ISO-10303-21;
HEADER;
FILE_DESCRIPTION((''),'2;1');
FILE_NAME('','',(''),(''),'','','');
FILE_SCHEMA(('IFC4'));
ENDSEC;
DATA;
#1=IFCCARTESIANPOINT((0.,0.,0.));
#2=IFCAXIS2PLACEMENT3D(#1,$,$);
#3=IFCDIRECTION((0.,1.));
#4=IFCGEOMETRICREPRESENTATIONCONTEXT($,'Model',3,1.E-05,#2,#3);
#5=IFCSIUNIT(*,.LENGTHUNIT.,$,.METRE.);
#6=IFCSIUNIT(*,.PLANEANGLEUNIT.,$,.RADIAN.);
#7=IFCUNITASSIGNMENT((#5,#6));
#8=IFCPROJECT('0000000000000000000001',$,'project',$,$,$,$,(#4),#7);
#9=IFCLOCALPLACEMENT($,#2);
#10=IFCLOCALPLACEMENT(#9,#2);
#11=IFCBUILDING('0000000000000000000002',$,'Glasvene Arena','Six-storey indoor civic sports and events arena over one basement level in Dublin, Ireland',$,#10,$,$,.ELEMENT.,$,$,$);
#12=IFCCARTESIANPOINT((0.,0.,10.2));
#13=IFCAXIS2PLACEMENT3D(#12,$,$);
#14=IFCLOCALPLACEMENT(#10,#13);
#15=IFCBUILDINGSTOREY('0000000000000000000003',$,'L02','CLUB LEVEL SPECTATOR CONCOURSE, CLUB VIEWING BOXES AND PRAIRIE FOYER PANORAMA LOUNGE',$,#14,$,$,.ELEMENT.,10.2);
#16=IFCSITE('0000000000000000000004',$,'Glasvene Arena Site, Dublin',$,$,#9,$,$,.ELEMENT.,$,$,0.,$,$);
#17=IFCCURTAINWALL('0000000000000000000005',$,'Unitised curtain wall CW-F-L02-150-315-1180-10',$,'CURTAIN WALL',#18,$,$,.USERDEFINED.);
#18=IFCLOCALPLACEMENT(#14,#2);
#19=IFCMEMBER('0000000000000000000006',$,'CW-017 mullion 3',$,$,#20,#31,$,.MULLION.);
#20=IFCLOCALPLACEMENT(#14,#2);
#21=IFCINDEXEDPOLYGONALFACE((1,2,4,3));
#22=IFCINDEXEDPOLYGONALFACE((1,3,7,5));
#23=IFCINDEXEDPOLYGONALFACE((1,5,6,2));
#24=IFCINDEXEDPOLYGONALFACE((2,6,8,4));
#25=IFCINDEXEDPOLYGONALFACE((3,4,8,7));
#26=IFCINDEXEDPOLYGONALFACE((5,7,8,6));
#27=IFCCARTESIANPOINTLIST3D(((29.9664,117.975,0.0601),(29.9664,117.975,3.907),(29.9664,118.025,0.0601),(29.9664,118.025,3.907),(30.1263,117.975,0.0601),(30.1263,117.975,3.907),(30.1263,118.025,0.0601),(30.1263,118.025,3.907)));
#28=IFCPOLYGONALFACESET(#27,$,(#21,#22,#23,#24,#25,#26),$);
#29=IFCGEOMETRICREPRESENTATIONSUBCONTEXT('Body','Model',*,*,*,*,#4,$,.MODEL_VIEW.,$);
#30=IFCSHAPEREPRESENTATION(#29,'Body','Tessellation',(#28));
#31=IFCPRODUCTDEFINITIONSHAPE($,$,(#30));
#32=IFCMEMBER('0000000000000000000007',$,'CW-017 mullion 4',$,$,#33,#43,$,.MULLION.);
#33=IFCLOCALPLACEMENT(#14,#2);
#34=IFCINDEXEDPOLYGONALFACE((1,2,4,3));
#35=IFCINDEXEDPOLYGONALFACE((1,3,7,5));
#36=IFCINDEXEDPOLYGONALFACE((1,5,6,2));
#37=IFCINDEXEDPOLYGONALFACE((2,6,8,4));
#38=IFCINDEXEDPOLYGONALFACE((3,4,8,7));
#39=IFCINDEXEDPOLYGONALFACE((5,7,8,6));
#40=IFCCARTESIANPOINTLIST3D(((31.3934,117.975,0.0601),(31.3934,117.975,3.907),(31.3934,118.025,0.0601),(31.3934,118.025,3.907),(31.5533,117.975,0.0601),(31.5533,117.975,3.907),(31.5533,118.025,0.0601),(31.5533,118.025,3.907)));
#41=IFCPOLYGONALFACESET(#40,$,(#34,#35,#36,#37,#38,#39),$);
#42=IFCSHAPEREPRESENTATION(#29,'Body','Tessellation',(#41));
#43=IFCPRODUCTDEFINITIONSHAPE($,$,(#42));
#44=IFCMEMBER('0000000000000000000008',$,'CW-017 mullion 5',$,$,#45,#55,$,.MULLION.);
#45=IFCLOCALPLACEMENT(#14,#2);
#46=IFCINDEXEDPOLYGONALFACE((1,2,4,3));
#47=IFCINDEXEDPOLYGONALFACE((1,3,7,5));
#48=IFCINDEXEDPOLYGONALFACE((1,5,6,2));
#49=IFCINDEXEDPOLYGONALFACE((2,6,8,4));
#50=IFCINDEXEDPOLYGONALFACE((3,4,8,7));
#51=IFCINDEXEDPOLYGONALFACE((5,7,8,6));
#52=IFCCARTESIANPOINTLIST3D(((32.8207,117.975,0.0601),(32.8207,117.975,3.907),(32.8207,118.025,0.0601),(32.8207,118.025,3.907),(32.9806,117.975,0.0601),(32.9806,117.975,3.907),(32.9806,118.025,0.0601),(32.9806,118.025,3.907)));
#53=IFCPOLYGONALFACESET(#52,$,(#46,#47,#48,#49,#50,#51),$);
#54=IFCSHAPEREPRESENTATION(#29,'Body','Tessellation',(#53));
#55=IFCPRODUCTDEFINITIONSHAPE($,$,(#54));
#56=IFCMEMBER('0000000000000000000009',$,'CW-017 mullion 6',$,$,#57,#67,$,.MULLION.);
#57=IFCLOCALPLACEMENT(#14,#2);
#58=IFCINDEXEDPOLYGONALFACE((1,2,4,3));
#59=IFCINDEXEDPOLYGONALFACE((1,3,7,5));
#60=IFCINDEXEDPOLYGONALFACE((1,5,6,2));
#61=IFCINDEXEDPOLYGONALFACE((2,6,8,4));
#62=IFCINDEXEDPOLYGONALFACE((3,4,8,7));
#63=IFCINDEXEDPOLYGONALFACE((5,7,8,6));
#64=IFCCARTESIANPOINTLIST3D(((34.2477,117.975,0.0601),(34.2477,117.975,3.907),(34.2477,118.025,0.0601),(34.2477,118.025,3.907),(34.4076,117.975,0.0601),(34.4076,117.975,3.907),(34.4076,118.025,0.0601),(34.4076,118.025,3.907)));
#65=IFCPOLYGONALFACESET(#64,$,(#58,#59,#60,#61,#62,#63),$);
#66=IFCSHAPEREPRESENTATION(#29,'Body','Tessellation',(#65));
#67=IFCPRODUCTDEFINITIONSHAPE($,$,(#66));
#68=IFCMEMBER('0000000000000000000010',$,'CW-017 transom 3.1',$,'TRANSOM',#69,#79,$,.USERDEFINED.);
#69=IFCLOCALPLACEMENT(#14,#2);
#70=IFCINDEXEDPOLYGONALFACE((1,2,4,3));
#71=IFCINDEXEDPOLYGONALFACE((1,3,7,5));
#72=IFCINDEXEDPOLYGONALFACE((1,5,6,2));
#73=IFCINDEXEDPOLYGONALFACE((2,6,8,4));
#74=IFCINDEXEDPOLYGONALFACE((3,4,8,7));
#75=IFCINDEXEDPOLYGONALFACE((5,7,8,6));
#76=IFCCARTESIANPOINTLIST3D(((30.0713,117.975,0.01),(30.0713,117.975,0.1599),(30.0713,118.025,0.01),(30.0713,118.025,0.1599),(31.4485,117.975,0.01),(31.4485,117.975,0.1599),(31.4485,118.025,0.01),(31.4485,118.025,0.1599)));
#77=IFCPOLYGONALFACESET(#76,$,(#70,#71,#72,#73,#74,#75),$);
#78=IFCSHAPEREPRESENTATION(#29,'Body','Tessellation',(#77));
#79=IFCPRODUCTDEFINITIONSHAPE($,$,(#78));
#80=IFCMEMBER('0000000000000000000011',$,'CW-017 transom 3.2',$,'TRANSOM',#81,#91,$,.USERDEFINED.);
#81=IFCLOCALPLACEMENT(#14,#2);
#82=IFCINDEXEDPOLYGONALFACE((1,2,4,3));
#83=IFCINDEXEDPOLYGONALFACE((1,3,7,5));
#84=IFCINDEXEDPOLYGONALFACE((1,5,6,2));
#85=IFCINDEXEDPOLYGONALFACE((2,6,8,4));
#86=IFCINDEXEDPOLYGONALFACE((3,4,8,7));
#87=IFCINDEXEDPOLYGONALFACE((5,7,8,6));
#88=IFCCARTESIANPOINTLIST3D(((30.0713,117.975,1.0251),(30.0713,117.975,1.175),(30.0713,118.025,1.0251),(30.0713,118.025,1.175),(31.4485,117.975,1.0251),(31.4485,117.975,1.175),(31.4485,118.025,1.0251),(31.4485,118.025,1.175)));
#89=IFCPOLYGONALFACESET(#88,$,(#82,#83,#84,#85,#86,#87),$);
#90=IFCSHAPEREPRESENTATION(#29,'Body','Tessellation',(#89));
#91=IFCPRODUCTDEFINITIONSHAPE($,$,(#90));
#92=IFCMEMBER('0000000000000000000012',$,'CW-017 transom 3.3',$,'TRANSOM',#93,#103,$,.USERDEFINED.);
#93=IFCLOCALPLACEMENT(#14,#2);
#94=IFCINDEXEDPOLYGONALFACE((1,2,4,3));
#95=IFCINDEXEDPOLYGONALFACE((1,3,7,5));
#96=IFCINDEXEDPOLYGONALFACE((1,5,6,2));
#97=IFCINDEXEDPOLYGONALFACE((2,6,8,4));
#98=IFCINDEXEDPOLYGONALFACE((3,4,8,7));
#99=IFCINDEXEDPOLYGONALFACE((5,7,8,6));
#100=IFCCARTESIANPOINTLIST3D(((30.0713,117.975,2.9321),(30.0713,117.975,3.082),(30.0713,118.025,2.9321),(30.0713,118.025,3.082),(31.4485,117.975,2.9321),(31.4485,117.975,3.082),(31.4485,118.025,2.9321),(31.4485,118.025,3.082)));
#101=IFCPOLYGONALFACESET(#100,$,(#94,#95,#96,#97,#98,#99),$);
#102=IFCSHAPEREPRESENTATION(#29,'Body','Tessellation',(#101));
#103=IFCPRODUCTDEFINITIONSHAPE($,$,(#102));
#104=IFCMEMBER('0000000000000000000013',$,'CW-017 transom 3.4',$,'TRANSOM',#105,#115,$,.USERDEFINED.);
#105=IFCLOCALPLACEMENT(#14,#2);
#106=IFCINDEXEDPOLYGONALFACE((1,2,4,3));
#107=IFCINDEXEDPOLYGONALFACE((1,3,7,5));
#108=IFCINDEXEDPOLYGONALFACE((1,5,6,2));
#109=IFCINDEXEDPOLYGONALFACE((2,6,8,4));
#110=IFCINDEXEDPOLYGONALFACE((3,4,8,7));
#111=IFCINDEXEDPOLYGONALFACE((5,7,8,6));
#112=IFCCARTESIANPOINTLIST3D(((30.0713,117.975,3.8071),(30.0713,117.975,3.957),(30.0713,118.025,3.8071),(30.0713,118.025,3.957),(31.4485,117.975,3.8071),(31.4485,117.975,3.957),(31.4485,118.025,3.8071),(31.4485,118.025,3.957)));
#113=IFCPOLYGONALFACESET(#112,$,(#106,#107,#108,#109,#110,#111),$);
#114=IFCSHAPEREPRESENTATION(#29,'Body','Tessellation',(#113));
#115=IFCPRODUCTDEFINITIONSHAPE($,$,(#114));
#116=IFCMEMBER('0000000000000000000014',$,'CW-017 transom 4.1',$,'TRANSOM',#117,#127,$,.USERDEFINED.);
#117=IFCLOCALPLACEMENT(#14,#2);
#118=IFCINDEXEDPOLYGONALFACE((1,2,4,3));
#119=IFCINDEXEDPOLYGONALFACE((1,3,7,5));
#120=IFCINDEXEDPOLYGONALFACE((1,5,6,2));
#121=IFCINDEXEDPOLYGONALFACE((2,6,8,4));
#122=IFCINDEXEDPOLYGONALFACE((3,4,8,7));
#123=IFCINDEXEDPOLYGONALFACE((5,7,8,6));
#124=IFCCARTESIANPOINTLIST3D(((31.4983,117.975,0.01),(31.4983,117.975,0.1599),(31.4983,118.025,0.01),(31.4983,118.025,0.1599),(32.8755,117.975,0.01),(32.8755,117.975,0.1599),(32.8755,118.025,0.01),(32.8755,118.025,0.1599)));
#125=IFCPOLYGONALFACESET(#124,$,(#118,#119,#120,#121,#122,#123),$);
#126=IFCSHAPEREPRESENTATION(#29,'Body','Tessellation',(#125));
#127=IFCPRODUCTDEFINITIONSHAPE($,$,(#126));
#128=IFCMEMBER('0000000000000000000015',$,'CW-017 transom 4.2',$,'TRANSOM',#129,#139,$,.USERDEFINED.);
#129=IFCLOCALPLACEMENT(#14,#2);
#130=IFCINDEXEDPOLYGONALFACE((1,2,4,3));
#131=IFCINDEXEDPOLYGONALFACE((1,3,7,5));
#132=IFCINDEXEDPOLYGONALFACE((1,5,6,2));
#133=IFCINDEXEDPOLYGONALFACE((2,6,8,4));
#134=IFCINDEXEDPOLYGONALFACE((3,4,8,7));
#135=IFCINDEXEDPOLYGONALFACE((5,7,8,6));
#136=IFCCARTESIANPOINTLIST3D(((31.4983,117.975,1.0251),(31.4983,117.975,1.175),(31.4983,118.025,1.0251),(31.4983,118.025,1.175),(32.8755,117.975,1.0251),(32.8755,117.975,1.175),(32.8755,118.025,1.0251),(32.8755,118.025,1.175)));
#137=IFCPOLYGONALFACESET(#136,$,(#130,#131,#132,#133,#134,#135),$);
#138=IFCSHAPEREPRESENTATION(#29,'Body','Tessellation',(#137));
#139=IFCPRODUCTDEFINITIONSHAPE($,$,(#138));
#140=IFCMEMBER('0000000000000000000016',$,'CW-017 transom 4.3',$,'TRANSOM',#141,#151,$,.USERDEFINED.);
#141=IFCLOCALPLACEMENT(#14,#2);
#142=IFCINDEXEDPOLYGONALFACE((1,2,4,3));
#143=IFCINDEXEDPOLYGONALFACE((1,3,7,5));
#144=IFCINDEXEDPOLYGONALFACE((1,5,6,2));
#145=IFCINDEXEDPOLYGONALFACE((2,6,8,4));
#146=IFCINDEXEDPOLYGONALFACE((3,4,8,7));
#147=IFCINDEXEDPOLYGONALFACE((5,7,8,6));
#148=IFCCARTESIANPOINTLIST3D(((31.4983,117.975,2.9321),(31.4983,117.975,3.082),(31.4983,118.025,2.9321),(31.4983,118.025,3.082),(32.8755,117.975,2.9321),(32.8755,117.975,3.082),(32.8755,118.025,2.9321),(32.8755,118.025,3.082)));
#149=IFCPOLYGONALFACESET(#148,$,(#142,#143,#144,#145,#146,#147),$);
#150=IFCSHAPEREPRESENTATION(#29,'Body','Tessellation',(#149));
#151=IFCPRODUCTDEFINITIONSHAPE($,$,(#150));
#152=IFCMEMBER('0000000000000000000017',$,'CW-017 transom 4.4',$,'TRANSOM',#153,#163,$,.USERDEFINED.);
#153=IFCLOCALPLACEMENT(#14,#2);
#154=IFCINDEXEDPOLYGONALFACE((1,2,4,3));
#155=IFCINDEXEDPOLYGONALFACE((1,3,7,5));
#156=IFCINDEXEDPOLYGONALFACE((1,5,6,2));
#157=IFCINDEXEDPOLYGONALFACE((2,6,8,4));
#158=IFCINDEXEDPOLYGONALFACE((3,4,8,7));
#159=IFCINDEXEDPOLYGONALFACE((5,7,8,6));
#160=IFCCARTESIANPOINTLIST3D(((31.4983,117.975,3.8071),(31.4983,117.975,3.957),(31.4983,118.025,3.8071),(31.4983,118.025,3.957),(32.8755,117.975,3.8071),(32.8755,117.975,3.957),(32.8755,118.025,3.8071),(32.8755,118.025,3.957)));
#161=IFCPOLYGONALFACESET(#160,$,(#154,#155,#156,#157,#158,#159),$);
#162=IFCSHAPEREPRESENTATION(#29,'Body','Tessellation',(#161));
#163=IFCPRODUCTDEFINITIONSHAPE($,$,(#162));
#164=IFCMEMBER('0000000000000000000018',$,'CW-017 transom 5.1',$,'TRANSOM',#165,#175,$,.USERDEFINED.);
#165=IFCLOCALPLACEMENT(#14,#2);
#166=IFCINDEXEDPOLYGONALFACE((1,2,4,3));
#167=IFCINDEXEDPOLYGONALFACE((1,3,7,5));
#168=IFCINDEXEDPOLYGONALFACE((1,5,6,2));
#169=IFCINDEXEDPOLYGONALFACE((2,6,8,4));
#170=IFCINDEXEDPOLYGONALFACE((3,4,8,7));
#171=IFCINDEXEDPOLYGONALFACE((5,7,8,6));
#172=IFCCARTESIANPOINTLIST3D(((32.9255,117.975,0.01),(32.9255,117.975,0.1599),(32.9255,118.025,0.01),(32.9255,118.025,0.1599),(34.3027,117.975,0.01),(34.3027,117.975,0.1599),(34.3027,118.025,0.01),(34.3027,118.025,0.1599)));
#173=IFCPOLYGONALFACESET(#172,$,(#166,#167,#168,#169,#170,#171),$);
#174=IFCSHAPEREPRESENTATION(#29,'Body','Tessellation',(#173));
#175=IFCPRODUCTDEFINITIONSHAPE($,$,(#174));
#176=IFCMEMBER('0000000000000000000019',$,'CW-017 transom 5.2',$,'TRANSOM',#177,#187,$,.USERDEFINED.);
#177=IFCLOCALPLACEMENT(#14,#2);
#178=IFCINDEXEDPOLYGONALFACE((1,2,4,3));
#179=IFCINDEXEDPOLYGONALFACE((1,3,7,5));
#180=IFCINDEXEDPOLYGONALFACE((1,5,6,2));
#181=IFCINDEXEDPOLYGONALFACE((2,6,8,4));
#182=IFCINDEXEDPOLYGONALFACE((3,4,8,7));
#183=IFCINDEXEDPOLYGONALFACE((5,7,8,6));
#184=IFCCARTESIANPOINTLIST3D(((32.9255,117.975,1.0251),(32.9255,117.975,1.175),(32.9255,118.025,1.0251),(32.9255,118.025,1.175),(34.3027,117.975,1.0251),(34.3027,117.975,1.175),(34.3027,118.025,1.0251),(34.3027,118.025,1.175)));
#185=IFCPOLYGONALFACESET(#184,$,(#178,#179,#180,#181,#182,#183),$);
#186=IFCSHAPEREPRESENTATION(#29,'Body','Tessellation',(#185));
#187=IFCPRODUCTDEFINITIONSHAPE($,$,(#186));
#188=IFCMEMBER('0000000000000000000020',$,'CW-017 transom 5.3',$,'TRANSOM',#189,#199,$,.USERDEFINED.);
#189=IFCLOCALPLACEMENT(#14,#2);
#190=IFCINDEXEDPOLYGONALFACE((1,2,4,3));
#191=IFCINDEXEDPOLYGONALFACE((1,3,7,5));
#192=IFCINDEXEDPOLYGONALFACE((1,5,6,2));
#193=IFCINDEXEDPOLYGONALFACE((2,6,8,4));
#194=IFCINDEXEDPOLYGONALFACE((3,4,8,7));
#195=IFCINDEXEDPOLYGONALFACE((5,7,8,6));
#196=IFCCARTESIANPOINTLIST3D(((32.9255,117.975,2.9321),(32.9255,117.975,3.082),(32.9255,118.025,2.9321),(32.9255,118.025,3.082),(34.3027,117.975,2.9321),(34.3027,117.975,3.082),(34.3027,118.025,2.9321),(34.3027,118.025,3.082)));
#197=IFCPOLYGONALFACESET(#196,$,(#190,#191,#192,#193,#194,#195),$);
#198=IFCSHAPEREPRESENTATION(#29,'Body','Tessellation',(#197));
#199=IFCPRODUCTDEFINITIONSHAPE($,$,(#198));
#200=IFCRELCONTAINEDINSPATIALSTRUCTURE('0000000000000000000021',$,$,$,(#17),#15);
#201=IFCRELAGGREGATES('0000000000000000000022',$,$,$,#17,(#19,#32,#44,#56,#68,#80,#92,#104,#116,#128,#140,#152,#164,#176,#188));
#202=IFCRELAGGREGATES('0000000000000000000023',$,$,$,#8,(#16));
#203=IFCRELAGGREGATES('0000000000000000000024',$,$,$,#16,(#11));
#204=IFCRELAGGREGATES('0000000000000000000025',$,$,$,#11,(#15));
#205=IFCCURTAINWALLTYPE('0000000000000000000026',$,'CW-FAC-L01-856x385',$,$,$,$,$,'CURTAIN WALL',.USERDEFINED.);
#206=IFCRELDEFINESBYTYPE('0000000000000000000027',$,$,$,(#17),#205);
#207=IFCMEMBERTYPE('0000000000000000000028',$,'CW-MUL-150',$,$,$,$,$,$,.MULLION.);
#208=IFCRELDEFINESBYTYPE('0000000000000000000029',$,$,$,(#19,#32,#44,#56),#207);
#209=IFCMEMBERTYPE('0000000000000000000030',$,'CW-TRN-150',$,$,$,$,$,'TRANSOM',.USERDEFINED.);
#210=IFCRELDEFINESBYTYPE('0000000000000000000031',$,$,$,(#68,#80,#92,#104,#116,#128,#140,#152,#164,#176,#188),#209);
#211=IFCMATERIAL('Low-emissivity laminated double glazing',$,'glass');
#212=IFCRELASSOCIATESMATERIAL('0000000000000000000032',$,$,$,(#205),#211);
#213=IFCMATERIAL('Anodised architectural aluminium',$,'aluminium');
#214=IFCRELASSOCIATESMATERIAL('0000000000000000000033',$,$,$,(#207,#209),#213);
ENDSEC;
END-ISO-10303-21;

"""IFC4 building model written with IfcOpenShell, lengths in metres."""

from ifc_helpers import new_model, si_unit, direction, frame, origin, origin_2d, place, context, subcontext, project, spatial, rectangle, extrude, material, material_profile, profile_set, type_object, element, aggregate, save


model = new_model("IFC4")

# Units and contexts
model_context = context("Model", 3, precision=1e-05, world=origin(), true_north=direction((0.0, 1.0)))
body_context = subcontext(model_context, "Body", "Model", "MODEL_VIEW")
ifc_project = project(units=[si_unit("LENGTHUNIT", "METRE"), si_unit("PLANEANGLEUNIT", "RADIAN")], contexts=[model_context])

# Site, building, storey
site_placement = place(None, origin())
site = spatial("IfcSite", under=ifc_project, at=site_placement, Name="Glasvene Arena Site, Dublin", CompositionType="ELEMENT", RefElevation=0.0)
building_placement = place(site_placement, origin())
building = spatial("IfcBuilding", under=site, at=building_placement, Name="Glasvene Arena", Description="Six-storey indoor civic sports and events arena over one basement level in Dublin, Ireland", CompositionType="ELEMENT")
storey_placement = place(building_placement, frame((0.0, 0.0, 10.2)))
storey = spatial("IfcBuildingStorey", under=building, at=storey_placement, Name="L02", Description="CLUB LEVEL SPECTATOR CONCOURSE, CLUB VIEWING BOXES AND PRAIRIE FOYER PANORAMA LOUNGE", CompositionType="ELEMENT", Elevation=10.2)

# Curtain wall, members
ifc_material_1 = material(Name="Low-emissivity laminated double glazing", Category="glass")
curtain_wall_type = type_object("IfcCurtainWallType", Name="CW-FAC-L01-856x385", ElementType="CURTAIN WALL", PredefinedType="USERDEFINED", material=ifc_material_1)
curtain_wall_placement = place(storey_placement, frame((27.1919, 118.0, 0.0)))
curtain_wall = element("IfcCurtainWall", 1, at=curtain_wall_placement, inside=storey, type_object=curtain_wall_type, Name="Unitised curtain wall CW-F-L02-150-315-1180-10", ObjectType="CURTAIN WALL", PredefinedType="USERDEFINED")
ifc_material_2 = material(Name="Anodised architectural aluminium", Category="aluminium")
ifc_material_profile_1 = material_profile(ifc_material_2, rectangle(XDim=0.05, YDim=0.1599, at=origin_2d()), Name="ALU MULLION 50x160")
ifc_profile_set_1 = profile_set([ifc_material_profile_1], Name="Anodised architectural aluminium")
member_type_1 = type_object("IfcMemberType", Name="CW-MUL-150", PredefinedType="MULLION", material=ifc_profile_set_1)
member_1_placement = place(storey_placement, frame((30.0464, 118.0, 0.0601), z_axis=(0.0, 0.0, 1.0), x_axis=(0.0, 1.0, 0.0)))
member_1 = element("IfcMember", 2, at=member_1_placement, type_object=member_type_1, Name="CW-017 mullion 3", PredefinedType="MULLION", context=body_context, shape_type="SweptSolid", body=[
    extrude(rectangle(XDim=0.05, YDim=0.1599, at=origin_2d()), origin(), (0.0, 0.0, 1.0), 3.8469),
])
member_2_placement = place(storey_placement, frame((31.4734, 118.0, 0.0601), z_axis=(0.0, 0.0, 1.0), x_axis=(0.0, 1.0, 0.0)))
member_2 = element("IfcMember", 3, at=member_2_placement, type_object=member_type_1, Name="CW-017 mullion 4", PredefinedType="MULLION", context=body_context, shape_type="SweptSolid", body=[
    extrude(rectangle(XDim=0.05, YDim=0.1599, at=origin_2d()), origin(), (0.0, 0.0, 1.0), 3.8469),
])
member_3_placement = place(storey_placement, frame((32.9006, 118.0, 0.0601), z_axis=(0.0, 0.0, 1.0), x_axis=(0.0, 1.0, 0.0)))
member_3 = element("IfcMember", 4, at=member_3_placement, type_object=member_type_1, Name="CW-017 mullion 5", PredefinedType="MULLION", context=body_context, shape_type="SweptSolid", body=[
    extrude(rectangle(XDim=0.05, YDim=0.1599, at=origin_2d()), origin(), (0.0, 0.0, 1.0), 3.8469),
])
member_4_placement = place(storey_placement, frame((34.3276, 118.0, 0.0601), z_axis=(0.0, 0.0, 1.0), x_axis=(0.0, 1.0, 0.0)))
member_4 = element("IfcMember", 5, at=member_4_placement, type_object=member_type_1, Name="CW-017 mullion 6", PredefinedType="MULLION", context=body_context, shape_type="SweptSolid", body=[
    extrude(rectangle(XDim=0.05, YDim=0.1599, at=origin_2d()), origin(), (0.0, 0.0, 1.0), 3.8469),
])
ifc_material_profile_2 = material_profile(ifc_material_2, rectangle(XDim=0.05, YDim=0.1499, at=origin_2d()), Name="ALU TRANSOM 50x150")
ifc_profile_set_2 = profile_set([ifc_material_profile_2], Name="Anodised architectural aluminium")
member_type_2 = type_object("IfcMemberType", Name="CW-TRN-150", ElementType="TRANSOM", PredefinedType="USERDEFINED", material=ifc_profile_set_2)
member_5_placement = place(storey_placement, frame((30.0713, 118.0, 0.085), z_axis=(1.0, 0.0, 0.0), x_axis=(0.0, 1.0, 0.0)))
member_5 = element("IfcMember", 6, at=member_5_placement, type_object=member_type_2, Name="CW-017 transom 3.1", ObjectType="TRANSOM", PredefinedType="USERDEFINED", context=body_context, shape_type="SweptSolid", body=[
    extrude(rectangle(XDim=0.05, YDim=0.1499, at=origin_2d()), origin(), (0.0, 0.0, 1.0), 1.3772),
])
member_6_placement = place(storey_placement, frame((30.0713, 118.0, 1.1001), z_axis=(1.0, 0.0, 0.0), x_axis=(0.0, 1.0, 0.0)))
member_6 = element("IfcMember", 7, at=member_6_placement, type_object=member_type_2, Name="CW-017 transom 3.2", ObjectType="TRANSOM", PredefinedType="USERDEFINED", context=body_context, shape_type="SweptSolid", body=[
    extrude(rectangle(XDim=0.05, YDim=0.1499, at=origin_2d()), origin(), (0.0, 0.0, 1.0), 1.3772),
])
member_7_placement = place(storey_placement, frame((30.0713, 118.0, 3.0071), z_axis=(1.0, 0.0, 0.0), x_axis=(0.0, 1.0, 0.0)))
member_7 = element("IfcMember", 8, at=member_7_placement, type_object=member_type_2, Name="CW-017 transom 3.3", ObjectType="TRANSOM", PredefinedType="USERDEFINED", context=body_context, shape_type="SweptSolid", body=[
    extrude(rectangle(XDim=0.05, YDim=0.1499, at=origin_2d()), origin(), (0.0, 0.0, 1.0), 1.3772),
])
member_8_placement = place(storey_placement, frame((30.0713, 118.0, 3.8821), z_axis=(1.0, 0.0, 0.0), x_axis=(0.0, 1.0, 0.0)))
member_8 = element("IfcMember", 9, at=member_8_placement, type_object=member_type_2, Name="CW-017 transom 3.4", ObjectType="TRANSOM", PredefinedType="USERDEFINED", context=body_context, shape_type="SweptSolid", body=[
    extrude(rectangle(XDim=0.05, YDim=0.1499, at=origin_2d()), origin(), (0.0, 0.0, 1.0), 1.3772),
])
member_9_placement = place(storey_placement, frame((31.4983, 118.0, 0.085), z_axis=(1.0, 0.0, 0.0), x_axis=(0.0, 1.0, 0.0)))
member_9 = element("IfcMember", 10, at=member_9_placement, type_object=member_type_2, Name="CW-017 transom 4.1", ObjectType="TRANSOM", PredefinedType="USERDEFINED", context=body_context, shape_type="SweptSolid", body=[
    extrude(rectangle(XDim=0.05, YDim=0.1499, at=origin_2d()), origin(), (0.0, 0.0, 1.0), 1.3772),
])
member_10_placement = place(storey_placement, frame((31.4983, 118.0, 1.1001), z_axis=(1.0, 0.0, 0.0), x_axis=(0.0, 1.0, 0.0)))
member_10 = element("IfcMember", 11, at=member_10_placement, type_object=member_type_2, Name="CW-017 transom 4.2", ObjectType="TRANSOM", PredefinedType="USERDEFINED", context=body_context, shape_type="SweptSolid", body=[
    extrude(rectangle(XDim=0.05, YDim=0.1499, at=origin_2d()), origin(), (0.0, 0.0, 1.0), 1.3772),
])
member_11_placement = place(storey_placement, frame((31.4983, 118.0, 3.0071), z_axis=(1.0, 0.0, 0.0), x_axis=(0.0, 1.0, 0.0)))
member_11 = element("IfcMember", 12, at=member_11_placement, type_object=member_type_2, Name="CW-017 transom 4.3", ObjectType="TRANSOM", PredefinedType="USERDEFINED", context=body_context, shape_type="SweptSolid", body=[
    extrude(rectangle(XDim=0.05, YDim=0.1499, at=origin_2d()), origin(), (0.0, 0.0, 1.0), 1.3772),
])
member_12_placement = place(storey_placement, frame((31.4983, 118.0, 3.8821), z_axis=(1.0, 0.0, 0.0), x_axis=(0.0, 1.0, 0.0)))
member_12 = element("IfcMember", 13, at=member_12_placement, type_object=member_type_2, Name="CW-017 transom 4.4", ObjectType="TRANSOM", PredefinedType="USERDEFINED", context=body_context, shape_type="SweptSolid", body=[
    extrude(rectangle(XDim=0.05, YDim=0.1499, at=origin_2d()), origin(), (0.0, 0.0, 1.0), 1.3772),
])
member_13_placement = place(storey_placement, frame((32.9255, 118.0, 0.085), z_axis=(1.0, 0.0, 0.0), x_axis=(0.0, 1.0, 0.0)))
member_13 = element("IfcMember", 14, at=member_13_placement, type_object=member_type_2, Name="CW-017 transom 5.1", ObjectType="TRANSOM", PredefinedType="USERDEFINED", context=body_context, shape_type="SweptSolid", body=[
    extrude(rectangle(XDim=0.05, YDim=0.1499, at=origin_2d()), origin(), (0.0, 0.0, 1.0), 1.3772),
])
member_14_placement = place(storey_placement, frame((32.9255, 118.0, 1.1001), z_axis=(1.0, 0.0, 0.0), x_axis=(0.0, 1.0, 0.0)))
member_14 = element("IfcMember", 15, at=member_14_placement, type_object=member_type_2, Name="CW-017 transom 5.2", ObjectType="TRANSOM", PredefinedType="USERDEFINED", context=body_context, shape_type="SweptSolid", body=[
    extrude(rectangle(XDim=0.05, YDim=0.1499, at=origin_2d()), origin(), (0.0, 0.0, 1.0), 1.3772),
])
member_15_placement = place(storey_placement, frame((32.9255, 118.0, 3.0071), z_axis=(1.0, 0.0, 0.0), x_axis=(0.0, 1.0, 0.0)))
member_15 = element("IfcMember", 16, at=member_15_placement, type_object=member_type_2, Name="CW-017 transom 5.3", ObjectType="TRANSOM", PredefinedType="USERDEFINED", context=body_context, shape_type="SweptSolid", body=[
    extrude(rectangle(XDim=0.05, YDim=0.1499, at=origin_2d()), origin(), (0.0, 0.0, 1.0), 1.3772),
])
aggregate(curtain_wall, [member_1, member_2, member_3, member_4, member_5, member_6, member_7, member_8, member_9, member_10, member_11, member_12, member_13, member_14, member_15])

save(model, "model.ifc")
